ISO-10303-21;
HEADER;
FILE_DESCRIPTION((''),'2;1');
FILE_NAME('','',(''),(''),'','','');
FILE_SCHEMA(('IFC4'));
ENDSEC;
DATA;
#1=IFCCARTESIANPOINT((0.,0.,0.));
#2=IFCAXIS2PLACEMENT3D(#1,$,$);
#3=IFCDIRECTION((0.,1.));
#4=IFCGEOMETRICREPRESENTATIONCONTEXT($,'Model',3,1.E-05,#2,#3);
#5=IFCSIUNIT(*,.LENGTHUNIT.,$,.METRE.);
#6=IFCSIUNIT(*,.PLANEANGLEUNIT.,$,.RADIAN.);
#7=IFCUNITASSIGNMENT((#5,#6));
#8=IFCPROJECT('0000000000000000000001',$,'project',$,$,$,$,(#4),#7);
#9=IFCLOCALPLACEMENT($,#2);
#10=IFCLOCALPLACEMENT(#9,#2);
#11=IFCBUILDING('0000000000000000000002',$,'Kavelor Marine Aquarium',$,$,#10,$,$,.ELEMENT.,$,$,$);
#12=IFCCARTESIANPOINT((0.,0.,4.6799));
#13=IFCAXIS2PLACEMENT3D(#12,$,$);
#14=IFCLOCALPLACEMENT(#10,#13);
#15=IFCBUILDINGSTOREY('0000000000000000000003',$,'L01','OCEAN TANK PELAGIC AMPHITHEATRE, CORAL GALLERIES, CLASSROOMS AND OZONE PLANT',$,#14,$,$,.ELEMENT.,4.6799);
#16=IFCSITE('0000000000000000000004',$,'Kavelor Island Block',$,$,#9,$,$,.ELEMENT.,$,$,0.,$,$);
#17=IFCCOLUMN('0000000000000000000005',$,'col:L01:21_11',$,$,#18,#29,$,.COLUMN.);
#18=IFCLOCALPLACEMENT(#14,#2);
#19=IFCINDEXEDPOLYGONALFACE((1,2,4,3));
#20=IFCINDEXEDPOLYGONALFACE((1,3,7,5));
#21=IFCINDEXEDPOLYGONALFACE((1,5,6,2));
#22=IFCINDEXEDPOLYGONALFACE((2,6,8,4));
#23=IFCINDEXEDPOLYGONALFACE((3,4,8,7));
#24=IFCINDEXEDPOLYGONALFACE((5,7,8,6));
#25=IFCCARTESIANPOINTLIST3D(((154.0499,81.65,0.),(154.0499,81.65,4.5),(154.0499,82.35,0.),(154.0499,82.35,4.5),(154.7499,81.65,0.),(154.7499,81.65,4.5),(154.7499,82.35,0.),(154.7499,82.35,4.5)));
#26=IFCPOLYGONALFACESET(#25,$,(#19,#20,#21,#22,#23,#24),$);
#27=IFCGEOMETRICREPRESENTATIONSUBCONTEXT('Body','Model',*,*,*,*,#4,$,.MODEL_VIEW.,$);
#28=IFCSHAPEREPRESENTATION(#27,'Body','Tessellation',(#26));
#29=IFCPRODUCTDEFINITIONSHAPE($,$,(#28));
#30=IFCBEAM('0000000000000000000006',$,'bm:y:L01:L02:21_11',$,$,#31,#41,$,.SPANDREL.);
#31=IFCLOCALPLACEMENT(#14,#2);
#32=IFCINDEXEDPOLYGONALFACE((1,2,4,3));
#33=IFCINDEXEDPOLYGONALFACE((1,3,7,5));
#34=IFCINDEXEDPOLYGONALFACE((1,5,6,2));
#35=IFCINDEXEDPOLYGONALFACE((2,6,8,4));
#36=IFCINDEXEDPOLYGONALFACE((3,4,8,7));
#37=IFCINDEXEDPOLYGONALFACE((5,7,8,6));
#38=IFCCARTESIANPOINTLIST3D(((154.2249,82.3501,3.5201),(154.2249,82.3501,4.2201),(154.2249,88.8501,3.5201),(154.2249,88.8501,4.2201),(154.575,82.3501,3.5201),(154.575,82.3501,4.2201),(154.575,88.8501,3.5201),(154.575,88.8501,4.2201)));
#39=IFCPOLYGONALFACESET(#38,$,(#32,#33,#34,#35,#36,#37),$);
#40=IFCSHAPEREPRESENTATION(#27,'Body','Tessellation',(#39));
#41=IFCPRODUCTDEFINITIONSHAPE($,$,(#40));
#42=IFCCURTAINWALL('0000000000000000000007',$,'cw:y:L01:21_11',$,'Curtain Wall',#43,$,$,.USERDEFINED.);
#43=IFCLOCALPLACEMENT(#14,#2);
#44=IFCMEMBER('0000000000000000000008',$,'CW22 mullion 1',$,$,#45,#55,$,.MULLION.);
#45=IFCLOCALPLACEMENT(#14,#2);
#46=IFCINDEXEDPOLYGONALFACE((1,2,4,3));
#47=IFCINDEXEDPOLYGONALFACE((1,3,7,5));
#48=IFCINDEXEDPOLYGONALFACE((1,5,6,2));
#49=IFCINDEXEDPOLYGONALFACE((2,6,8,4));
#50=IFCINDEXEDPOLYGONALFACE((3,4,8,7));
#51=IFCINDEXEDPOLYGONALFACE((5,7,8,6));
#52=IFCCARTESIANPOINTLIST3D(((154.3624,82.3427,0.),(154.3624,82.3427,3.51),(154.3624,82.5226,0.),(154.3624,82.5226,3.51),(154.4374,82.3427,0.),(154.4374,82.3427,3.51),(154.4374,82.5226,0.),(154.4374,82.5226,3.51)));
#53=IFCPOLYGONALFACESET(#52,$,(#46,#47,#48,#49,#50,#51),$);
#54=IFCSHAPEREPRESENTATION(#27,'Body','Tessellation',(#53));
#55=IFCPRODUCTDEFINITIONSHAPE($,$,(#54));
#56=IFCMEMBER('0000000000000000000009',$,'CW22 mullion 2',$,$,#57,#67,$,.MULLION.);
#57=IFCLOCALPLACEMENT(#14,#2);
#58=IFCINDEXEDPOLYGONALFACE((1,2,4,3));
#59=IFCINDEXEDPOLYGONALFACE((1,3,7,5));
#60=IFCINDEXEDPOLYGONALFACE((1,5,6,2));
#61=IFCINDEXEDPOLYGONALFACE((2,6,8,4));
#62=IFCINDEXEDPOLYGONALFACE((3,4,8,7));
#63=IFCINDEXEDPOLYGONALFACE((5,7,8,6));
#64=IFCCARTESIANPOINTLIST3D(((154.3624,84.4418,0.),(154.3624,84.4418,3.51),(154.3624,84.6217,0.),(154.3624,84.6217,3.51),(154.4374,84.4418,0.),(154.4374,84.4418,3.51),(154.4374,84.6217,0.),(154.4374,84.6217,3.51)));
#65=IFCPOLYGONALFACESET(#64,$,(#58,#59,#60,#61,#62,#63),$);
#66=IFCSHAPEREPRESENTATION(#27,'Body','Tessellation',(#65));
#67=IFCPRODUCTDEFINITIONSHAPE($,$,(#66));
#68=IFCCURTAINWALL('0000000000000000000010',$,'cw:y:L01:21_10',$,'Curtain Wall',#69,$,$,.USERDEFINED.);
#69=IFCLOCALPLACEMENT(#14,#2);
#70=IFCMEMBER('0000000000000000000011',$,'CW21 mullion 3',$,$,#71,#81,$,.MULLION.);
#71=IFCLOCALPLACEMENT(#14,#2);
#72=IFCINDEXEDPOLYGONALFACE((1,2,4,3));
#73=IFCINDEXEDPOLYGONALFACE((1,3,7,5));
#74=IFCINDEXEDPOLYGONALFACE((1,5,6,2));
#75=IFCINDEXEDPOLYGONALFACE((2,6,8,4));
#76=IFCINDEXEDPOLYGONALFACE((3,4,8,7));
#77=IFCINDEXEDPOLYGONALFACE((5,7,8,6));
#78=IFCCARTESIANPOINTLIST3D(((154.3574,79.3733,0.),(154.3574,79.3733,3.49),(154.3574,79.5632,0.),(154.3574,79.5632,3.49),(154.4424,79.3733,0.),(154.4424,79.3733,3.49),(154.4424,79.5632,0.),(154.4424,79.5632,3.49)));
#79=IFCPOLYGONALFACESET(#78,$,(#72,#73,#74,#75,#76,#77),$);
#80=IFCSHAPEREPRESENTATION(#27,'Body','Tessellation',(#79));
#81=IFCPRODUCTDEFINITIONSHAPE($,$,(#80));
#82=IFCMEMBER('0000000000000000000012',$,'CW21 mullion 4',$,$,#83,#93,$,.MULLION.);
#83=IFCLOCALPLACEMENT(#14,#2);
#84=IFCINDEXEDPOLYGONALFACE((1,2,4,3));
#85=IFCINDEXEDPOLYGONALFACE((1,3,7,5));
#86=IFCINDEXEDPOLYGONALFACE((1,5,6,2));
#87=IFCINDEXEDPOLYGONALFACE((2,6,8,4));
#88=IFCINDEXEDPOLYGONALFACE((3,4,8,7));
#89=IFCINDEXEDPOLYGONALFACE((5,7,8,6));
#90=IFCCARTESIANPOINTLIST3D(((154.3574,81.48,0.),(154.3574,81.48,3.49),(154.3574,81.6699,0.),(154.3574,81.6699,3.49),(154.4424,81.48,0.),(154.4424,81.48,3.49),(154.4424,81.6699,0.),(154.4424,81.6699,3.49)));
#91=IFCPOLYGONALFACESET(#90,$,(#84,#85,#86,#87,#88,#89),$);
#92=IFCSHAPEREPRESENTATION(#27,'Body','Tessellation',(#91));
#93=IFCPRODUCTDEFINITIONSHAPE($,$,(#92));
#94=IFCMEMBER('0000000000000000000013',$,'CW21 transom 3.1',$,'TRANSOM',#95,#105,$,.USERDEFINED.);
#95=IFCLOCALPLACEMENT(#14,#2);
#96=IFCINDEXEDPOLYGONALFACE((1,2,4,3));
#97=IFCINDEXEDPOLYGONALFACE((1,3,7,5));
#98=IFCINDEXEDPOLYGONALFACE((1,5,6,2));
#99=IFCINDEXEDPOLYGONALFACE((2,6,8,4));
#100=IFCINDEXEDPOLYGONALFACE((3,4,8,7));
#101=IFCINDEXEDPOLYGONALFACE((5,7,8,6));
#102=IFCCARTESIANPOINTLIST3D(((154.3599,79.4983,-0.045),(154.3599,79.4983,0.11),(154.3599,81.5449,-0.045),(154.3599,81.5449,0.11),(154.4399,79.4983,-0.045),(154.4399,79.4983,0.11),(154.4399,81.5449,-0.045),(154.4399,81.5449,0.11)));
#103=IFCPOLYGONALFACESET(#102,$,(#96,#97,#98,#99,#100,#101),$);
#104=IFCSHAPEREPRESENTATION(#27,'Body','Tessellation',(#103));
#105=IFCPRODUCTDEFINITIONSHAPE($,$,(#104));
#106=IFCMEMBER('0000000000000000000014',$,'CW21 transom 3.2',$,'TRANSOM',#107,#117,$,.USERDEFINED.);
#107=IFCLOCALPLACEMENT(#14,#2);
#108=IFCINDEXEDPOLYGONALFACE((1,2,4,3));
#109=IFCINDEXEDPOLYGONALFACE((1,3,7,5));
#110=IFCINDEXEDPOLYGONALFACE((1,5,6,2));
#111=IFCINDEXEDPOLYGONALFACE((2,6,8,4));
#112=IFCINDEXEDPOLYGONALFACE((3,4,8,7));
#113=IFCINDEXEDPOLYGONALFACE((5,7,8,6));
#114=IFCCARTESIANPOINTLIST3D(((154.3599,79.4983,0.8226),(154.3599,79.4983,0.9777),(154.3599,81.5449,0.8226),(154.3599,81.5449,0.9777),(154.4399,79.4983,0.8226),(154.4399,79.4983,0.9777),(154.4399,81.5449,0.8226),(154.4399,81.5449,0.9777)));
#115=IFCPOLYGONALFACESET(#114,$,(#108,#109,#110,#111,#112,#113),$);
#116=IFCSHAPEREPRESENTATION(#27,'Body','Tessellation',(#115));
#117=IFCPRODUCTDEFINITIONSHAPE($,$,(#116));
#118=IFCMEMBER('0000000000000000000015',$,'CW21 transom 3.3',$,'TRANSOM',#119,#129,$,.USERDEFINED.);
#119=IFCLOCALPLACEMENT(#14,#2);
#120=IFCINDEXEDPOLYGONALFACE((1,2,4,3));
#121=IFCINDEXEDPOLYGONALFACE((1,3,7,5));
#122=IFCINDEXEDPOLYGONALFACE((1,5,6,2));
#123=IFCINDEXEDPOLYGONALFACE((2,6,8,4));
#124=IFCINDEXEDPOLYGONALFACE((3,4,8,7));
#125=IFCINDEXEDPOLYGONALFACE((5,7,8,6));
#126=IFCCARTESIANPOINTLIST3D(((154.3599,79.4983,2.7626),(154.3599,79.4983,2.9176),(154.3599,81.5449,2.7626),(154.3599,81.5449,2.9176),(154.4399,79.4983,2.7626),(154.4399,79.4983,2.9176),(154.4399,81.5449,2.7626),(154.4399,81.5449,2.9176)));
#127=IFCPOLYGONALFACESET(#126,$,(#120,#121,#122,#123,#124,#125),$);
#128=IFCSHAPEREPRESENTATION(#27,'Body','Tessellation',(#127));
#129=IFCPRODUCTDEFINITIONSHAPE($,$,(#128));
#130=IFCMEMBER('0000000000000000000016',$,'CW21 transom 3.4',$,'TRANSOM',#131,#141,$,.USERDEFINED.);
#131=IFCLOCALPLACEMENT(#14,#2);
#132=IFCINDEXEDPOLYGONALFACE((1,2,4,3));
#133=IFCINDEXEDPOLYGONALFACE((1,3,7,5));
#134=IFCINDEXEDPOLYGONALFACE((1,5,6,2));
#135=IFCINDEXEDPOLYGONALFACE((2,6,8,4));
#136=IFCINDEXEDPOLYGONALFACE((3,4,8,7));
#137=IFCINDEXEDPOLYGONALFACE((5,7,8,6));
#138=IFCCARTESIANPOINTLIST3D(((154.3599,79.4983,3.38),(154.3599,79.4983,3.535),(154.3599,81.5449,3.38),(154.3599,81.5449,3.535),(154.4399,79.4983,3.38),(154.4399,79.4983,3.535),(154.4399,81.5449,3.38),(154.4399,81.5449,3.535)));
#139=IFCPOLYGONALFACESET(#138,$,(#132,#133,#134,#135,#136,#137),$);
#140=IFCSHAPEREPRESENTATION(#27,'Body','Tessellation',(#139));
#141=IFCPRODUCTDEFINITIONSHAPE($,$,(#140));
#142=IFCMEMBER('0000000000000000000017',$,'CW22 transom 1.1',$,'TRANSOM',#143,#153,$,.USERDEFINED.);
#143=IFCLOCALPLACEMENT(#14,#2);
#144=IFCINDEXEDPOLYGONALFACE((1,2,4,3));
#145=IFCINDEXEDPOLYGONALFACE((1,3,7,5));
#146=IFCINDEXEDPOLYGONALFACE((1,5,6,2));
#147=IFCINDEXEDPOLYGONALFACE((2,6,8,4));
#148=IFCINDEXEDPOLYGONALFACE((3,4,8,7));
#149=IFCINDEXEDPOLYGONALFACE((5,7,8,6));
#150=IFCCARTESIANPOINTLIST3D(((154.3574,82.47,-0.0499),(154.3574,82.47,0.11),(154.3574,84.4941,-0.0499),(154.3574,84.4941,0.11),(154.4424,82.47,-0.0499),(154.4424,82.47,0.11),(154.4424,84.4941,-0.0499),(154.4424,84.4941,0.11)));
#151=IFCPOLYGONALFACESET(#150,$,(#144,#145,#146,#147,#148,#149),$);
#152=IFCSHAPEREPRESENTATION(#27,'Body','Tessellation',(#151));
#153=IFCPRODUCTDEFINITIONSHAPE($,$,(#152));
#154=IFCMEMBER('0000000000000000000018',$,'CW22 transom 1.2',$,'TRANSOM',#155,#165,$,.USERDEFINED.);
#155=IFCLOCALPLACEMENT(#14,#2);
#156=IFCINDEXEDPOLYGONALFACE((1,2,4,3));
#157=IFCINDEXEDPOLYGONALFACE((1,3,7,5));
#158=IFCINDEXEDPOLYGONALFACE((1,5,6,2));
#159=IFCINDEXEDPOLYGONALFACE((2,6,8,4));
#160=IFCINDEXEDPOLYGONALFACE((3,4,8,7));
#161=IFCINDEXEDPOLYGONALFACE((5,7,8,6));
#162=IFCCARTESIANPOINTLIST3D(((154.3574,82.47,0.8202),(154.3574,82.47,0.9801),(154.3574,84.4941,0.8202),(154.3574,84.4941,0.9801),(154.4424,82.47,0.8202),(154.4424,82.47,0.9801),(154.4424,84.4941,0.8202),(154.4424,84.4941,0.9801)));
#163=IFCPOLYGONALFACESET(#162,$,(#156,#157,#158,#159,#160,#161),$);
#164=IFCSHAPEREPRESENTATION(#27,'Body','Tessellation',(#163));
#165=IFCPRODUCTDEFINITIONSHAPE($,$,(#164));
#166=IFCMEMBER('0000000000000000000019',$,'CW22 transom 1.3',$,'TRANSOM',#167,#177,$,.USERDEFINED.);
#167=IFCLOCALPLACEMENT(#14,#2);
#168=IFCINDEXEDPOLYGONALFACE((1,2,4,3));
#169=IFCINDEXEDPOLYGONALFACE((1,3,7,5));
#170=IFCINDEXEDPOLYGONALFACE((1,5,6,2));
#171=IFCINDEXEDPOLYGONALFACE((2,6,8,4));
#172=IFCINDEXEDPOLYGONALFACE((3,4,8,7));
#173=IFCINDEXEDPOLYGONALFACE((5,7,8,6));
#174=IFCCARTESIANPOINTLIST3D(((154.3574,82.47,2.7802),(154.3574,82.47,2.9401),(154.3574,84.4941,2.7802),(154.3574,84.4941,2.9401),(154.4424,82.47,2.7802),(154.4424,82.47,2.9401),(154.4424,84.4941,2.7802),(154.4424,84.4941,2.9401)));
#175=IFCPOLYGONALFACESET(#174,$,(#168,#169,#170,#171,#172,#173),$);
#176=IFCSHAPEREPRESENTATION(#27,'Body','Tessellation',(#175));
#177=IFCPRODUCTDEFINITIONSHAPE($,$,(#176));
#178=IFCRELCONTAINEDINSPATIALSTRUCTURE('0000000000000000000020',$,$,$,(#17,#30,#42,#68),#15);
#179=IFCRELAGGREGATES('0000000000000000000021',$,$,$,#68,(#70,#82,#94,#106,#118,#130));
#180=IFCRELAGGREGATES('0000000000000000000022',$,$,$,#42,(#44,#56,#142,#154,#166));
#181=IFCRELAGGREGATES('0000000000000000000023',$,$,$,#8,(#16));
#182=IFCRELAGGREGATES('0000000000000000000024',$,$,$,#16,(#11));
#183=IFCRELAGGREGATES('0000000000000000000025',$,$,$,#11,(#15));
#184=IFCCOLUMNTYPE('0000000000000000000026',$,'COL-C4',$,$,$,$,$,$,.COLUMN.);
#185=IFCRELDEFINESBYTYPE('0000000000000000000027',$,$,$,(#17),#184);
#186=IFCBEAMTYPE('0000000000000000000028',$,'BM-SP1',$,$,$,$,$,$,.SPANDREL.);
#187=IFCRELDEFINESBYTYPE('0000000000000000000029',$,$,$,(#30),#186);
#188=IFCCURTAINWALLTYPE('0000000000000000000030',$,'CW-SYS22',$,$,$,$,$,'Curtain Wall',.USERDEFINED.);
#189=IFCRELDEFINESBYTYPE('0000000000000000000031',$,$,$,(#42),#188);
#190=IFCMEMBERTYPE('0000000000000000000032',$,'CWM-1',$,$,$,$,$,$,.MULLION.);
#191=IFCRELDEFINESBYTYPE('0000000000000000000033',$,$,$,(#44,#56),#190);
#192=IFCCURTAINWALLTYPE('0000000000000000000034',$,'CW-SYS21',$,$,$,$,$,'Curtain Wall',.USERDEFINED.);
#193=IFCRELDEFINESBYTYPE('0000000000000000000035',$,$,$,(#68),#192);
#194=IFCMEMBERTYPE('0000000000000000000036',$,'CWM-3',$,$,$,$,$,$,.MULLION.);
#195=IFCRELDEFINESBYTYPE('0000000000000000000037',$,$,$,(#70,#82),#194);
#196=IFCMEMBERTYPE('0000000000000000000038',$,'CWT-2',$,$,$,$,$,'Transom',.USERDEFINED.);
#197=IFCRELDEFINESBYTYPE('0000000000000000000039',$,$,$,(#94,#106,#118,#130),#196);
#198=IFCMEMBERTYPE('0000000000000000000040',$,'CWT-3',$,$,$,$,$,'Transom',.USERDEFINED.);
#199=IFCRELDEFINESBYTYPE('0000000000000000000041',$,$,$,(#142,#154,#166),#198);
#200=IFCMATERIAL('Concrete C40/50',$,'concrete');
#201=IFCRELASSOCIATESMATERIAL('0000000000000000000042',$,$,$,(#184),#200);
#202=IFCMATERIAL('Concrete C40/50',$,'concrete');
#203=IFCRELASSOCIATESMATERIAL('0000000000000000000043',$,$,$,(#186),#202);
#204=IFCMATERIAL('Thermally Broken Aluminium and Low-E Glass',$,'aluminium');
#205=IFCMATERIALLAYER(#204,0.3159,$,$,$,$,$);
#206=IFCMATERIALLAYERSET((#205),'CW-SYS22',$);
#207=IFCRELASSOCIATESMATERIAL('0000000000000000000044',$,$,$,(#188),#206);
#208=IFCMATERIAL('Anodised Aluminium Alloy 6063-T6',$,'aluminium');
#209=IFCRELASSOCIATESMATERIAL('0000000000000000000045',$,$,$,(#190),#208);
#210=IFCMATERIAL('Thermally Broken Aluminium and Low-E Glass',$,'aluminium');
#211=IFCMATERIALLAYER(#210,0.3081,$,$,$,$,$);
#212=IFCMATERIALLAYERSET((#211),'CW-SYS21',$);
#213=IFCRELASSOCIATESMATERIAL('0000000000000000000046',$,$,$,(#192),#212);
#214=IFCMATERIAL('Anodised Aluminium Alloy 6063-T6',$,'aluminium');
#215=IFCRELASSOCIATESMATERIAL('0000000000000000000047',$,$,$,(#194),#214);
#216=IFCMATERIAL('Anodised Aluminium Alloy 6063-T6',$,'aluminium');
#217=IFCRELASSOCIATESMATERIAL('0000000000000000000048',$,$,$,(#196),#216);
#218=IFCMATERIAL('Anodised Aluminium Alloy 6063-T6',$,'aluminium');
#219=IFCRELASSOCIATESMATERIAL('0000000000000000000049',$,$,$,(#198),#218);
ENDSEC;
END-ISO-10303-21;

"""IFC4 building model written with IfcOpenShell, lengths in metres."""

from ifc_helpers import new_model, si_unit, direction, frame, origin, origin_2d, place, context, subcontext, project, spatial, rectangle, extrude, material, layer, layer_set, material_profile, profile_set, type_object, element, aggregate, save


model = new_model("IFC4")

# Units and contexts
model_context = context("Model", 3, precision=1e-05, world=origin(), true_north=direction((0.0, 1.0)))
body_context = subcontext(model_context, "Body", "Model", "MODEL_VIEW")
ifc_project = project(units=[si_unit("LENGTHUNIT", "METRE"), si_unit("PLANEANGLEUNIT", "RADIAN")], contexts=[model_context])

# Site, building, storey
site_placement = place(None, origin())
site = spatial("IfcSite", under=ifc_project, at=site_placement, Name="Kavelor Island Block", CompositionType="ELEMENT", RefElevation=0.0)
building_placement = place(site_placement, origin())
building = spatial("IfcBuilding", under=site, at=building_placement, Name="Kavelor Marine Aquarium", CompositionType="ELEMENT")
storey_placement = place(building_placement, frame((0.0, 0.0, 4.6799)))
storey = spatial("IfcBuildingStorey", under=building, at=storey_placement, Name="L01", Description="OCEAN TANK PELAGIC AMPHITHEATRE, CORAL GALLERIES, CLASSROOMS AND OZONE PLANT", CompositionType="ELEMENT", Elevation=4.6799)

# Column
ifc_material_1 = material(Name="Concrete C40/50", Category="concrete")
ifc_material_profile_1 = material_profile(ifc_material_1, rectangle(XDim=0.7, YDim=0.7, at=origin_2d()), Name="RC-COL 700x700")
ifc_profile_set_1 = profile_set([ifc_material_profile_1], Name="Concrete C40/50")
column_type = type_object("IfcColumnType", Name="COL-C4", PredefinedType="COLUMN", material=ifc_profile_set_1)
column_placement = place(storey_placement, frame((154.3999, 82.0, 0.0), z_axis=(0.0, 0.0, 1.0), x_axis=(1.0, 0.0, 0.0)))
element("IfcColumn", 1, at=column_placement, inside=storey, type_object=column_type, Name="col:L01:21_11", PredefinedType="COLUMN", context=body_context, shape_type="SweptSolid", body=[
    extrude(rectangle(XDim=0.7, YDim=0.7, at=origin_2d()), origin(), (0.0, 0.0, 1.0), 4.5),
])

# Beam
ifc_material_2 = material(Name="Concrete C40/50", Category="concrete")
ifc_material_profile_2 = material_profile(ifc_material_2, rectangle(XDim=0.3501, YDim=0.7, at=origin_2d()), Name="RC-SP 350x700")
ifc_profile_set_2 = profile_set([ifc_material_profile_2], Name="Concrete C40/50")
beam_type = type_object("IfcBeamType", Name="BM-SP1", PredefinedType="SPANDREL", material=ifc_profile_set_2)
beam_placement = place(storey_placement, frame((154.3999, 82.3501, 3.8701), z_axis=(0.0, 1.0, 0.0), x_axis=(-1.0, 0.0, 0.0)))
element("IfcBeam", 2, at=beam_placement, inside=storey, type_object=beam_type, Name="bm:y:L01:L02:21_11", PredefinedType="SPANDREL", context=body_context, shape_type="SweptSolid", body=[
    extrude(rectangle(XDim=0.3501, YDim=0.7, at=origin_2d()), origin(), (0.0, 0.0, 1.0), 6.5),
])

# Curtain walls, members
ifc_material_3 = material(Name="Thermally Broken Aluminium and Low-E Glass", Category="aluminium")
ifc_layer_1 = layer(ifc_material_3, 0.3159)
ifc_layer_set_1 = layer_set([ifc_layer_1], Name="CW-SYS22")
curtain_wall_type_1 = type_object("IfcCurtainWallType", Name="CW-SYS22", ElementType="Curtain Wall", PredefinedType="USERDEFINED", material=ifc_layer_set_1)
curtain_wall_1_placement = place(storey_placement, origin())
curtain_wall_1 = element("IfcCurtainWall", 3, at=curtain_wall_1_placement, inside=storey, type_object=curtain_wall_type_1, Name="cw:y:L01:21_11", ObjectType="Curtain Wall", PredefinedType="USERDEFINED")
ifc_material_4 = material(Name="Anodised Aluminium Alloy 6063-T6", Category="aluminium")
ifc_material_profile_3 = material_profile(ifc_material_4, rectangle(XDim=0.075, YDim=0.1799, at=origin_2d()), Name="CW-MUL 75x180")
ifc_profile_set_3 = profile_set([ifc_material_profile_3], Name="Anodised Aluminium Alloy 6063-T6")
member_type_1 = type_object("IfcMemberType", Name="CWM-1", PredefinedType="MULLION", material=ifc_profile_set_3)
member_1_placement = place(storey_placement, frame((154.3999, 82.4326, 0.0), z_axis=(0.0, 0.0, 1.0), x_axis=(-1.0, 0.0, 0.0)))
member_1 = element("IfcMember", 4, at=member_1_placement, type_object=member_type_1, Name="CW22 mullion 1", PredefinedType="MULLION", context=body_context, shape_type="SweptSolid", body=[
    extrude(rectangle(XDim=0.075, YDim=0.1799, at=origin_2d()), origin(), (0.0, 0.0, 1.0), 3.51),
])
member_2_placement = place(storey_placement, frame((154.3999, 84.5317, 0.0), z_axis=(0.0, 0.0, 1.0), x_axis=(-1.0, 0.0, 0.0)))
member_2 = element("IfcMember", 5, at=member_2_placement, type_object=member_type_1, Name="CW22 mullion 2", PredefinedType="MULLION", context=body_context, shape_type="SweptSolid", body=[
    extrude(rectangle(XDim=0.075, YDim=0.1799, at=origin_2d()), origin(), (0.0, 0.0, 1.0), 3.51),
])
ifc_material_5 = material(Name="Thermally Broken Aluminium and Low-E Glass", Category="aluminium")
ifc_layer_2 = layer(ifc_material_5, 0.3081)
ifc_layer_set_2 = layer_set([ifc_layer_2], Name="CW-SYS21")
curtain_wall_type_2 = type_object("IfcCurtainWallType", Name="CW-SYS21", ElementType="Curtain Wall", PredefinedType="USERDEFINED", material=ifc_layer_set_2)
curtain_wall_2_placement = place(storey_placement, origin())
curtain_wall_2 = element("IfcCurtainWall", 6, at=curtain_wall_2_placement, inside=storey, type_object=curtain_wall_type_2, Name="cw:y:L01:21_10", ObjectType="Curtain Wall", PredefinedType="USERDEFINED")
ifc_material_6 = material(Name="Anodised Aluminium Alloy 6063-T6", Category="aluminium")
ifc_material_profile_4 = material_profile(ifc_material_6, rectangle(XDim=0.085, YDim=0.1899, at=origin_2d()), Name="CW-MUL 85x190")
ifc_profile_set_4 = profile_set([ifc_material_profile_4], Name="Anodised Aluminium Alloy 6063-T6")
member_type_2 = type_object("IfcMemberType", Name="CWM-3", PredefinedType="MULLION", material=ifc_profile_set_4)
member_3_placement = place(storey_placement, frame((154.3999, 79.4683, 0.0), z_axis=(0.0, 0.0, 1.0), x_axis=(-1.0, 0.0, 0.0)))
member_3 = element("IfcMember", 7, at=member_3_placement, type_object=member_type_2, Name="CW21 mullion 3", PredefinedType="MULLION", context=body_context, shape_type="SweptSolid", body=[
    extrude(rectangle(XDim=0.085, YDim=0.1899, at=origin_2d()), origin(), (0.0, 0.0, 1.0), 3.49),
])
member_4_placement = place(storey_placement, frame((154.3999, 81.575, 0.0), z_axis=(0.0, 0.0, 1.0), x_axis=(-1.0, 0.0, 0.0)))
member_4 = element("IfcMember", 8, at=member_4_placement, type_object=member_type_2, Name="CW21 mullion 4", PredefinedType="MULLION", context=body_context, shape_type="SweptSolid", body=[
    extrude(rectangle(XDim=0.085, YDim=0.1899, at=origin_2d()), origin(), (0.0, 0.0, 1.0), 3.49),
])
ifc_material_7 = material(Name="Anodised Aluminium Alloy 6063-T6", Category="aluminium")
ifc_material_profile_5 = material_profile(ifc_material_7, rectangle(XDim=0.0801, YDim=0.155, at=origin_2d()), Name="CW-TRN 80x155")
ifc_profile_set_5 = profile_set([ifc_material_profile_5], Name="Anodised Aluminium Alloy 6063-T6")
member_type_3 = type_object("IfcMemberType", Name="CWT-2", ElementType="Transom", PredefinedType="USERDEFINED", material=ifc_profile_set_5)
member_5_placement = place(storey_placement, frame((154.3999, 79.4983, 0.0325), z_axis=(0.0, 1.0, 0.0), x_axis=(-1.0, 0.0, 0.0)))
member_5 = element("IfcMember", 9, at=member_5_placement, type_object=member_type_3, Name="CW21 transom 3.1", ObjectType="TRANSOM", PredefinedType="USERDEFINED", context=body_context, shape_type="SweptSolid", body=[
    extrude(rectangle(XDim=0.0801, YDim=0.155, at=origin_2d()), origin(), (0.0, 0.0, 1.0), 2.0466),
])
member_6_placement = place(storey_placement, frame((154.3999, 79.4983, 0.9001), z_axis=(0.0, 1.0, 0.0), x_axis=(-1.0, 0.0, 0.0)))
member_6 = element("IfcMember", 10, at=member_6_placement, type_object=member_type_3, Name="CW21 transom 3.2", ObjectType="TRANSOM", PredefinedType="USERDEFINED", context=body_context, shape_type="SweptSolid", body=[
    extrude(rectangle(XDim=0.0801, YDim=0.155, at=origin_2d()), origin(), (0.0, 0.0, 1.0), 2.0466),
])
member_7_placement = place(storey_placement, frame((154.3999, 79.4983, 2.8401), z_axis=(0.0, 1.0, 0.0), x_axis=(-1.0, 0.0, 0.0)))
member_7 = element("IfcMember", 11, at=member_7_placement, type_object=member_type_3, Name="CW21 transom 3.3", ObjectType="TRANSOM", PredefinedType="USERDEFINED", context=body_context, shape_type="SweptSolid", body=[
    extrude(rectangle(XDim=0.0801, YDim=0.155, at=origin_2d()), origin(), (0.0, 0.0, 1.0), 2.0466),
])
member_8_placement = place(storey_placement, frame((154.3999, 79.4983, 3.4575), z_axis=(0.0, 1.0, 0.0), x_axis=(-1.0, 0.0, 0.0)))
member_8 = element("IfcMember", 12, at=member_8_placement, type_object=member_type_3, Name="CW21 transom 3.4", ObjectType="TRANSOM", PredefinedType="USERDEFINED", context=body_context, shape_type="SweptSolid", body=[
    extrude(rectangle(XDim=0.0801, YDim=0.155, at=origin_2d()), origin(), (0.0, 0.0, 1.0), 2.0466),
])

# Members
ifc_material_8 = material(Name="Anodised Aluminium Alloy 6063-T6", Category="aluminium")
ifc_material_profile_6 = material_profile(ifc_material_8, rectangle(XDim=0.085, YDim=0.1599, at=origin_2d()), Name="CW-TRN 85x160")
ifc_profile_set_6 = profile_set([ifc_material_profile_6], Name="Anodised Aluminium Alloy 6063-T6")
member_type_4 = type_object("IfcMemberType", Name="CWT-3", ElementType="Transom", PredefinedType="USERDEFINED", material=ifc_profile_set_6)
member_9_placement = place(storey_placement, frame((154.3999, 82.47, 0.03), z_axis=(0.0, 1.0, 0.0), x_axis=(-1.0, 0.0, 0.0)))
member_9 = element("IfcMember", 13, at=member_9_placement, type_object=member_type_4, Name="CW22 transom 1.1", ObjectType="TRANSOM", PredefinedType="USERDEFINED", context=body_context, shape_type="SweptSolid", body=[
    extrude(rectangle(XDim=0.085, YDim=0.1599, at=origin_2d()), origin(), (0.0, 0.0, 1.0), 2.0242),
])
member_10_placement = place(storey_placement, frame((154.3999, 82.47, 0.9001), z_axis=(0.0, 1.0, 0.0), x_axis=(-1.0, 0.0, 0.0)))
member_10 = element("IfcMember", 14, at=member_10_placement, type_object=member_type_4, Name="CW22 transom 1.2", ObjectType="TRANSOM", PredefinedType="USERDEFINED", context=body_context, shape_type="SweptSolid", body=[
    extrude(rectangle(XDim=0.085, YDim=0.1599, at=origin_2d()), origin(), (0.0, 0.0, 1.0), 2.0242),
])
member_11_placement = place(storey_placement, frame((154.3999, 82.47, 2.8601), z_axis=(0.0, 1.0, 0.0), x_axis=(-1.0, 0.0, 0.0)))
member_11 = element("IfcMember", 15, at=member_11_placement, type_object=member_type_4, Name="CW22 transom 1.3", ObjectType="TRANSOM", PredefinedType="USERDEFINED", context=body_context, shape_type="SweptSolid", body=[
    extrude(rectangle(XDim=0.085, YDim=0.1599, at=origin_2d()), origin(), (0.0, 0.0, 1.0), 2.0242),
])

aggregate(curtain_wall_2, [member_3, member_4, member_5, member_6, member_7, member_8])
aggregate(curtain_wall_1, [member_1, member_2, member_9, member_10, member_11])

save(model, "model.ifc")
